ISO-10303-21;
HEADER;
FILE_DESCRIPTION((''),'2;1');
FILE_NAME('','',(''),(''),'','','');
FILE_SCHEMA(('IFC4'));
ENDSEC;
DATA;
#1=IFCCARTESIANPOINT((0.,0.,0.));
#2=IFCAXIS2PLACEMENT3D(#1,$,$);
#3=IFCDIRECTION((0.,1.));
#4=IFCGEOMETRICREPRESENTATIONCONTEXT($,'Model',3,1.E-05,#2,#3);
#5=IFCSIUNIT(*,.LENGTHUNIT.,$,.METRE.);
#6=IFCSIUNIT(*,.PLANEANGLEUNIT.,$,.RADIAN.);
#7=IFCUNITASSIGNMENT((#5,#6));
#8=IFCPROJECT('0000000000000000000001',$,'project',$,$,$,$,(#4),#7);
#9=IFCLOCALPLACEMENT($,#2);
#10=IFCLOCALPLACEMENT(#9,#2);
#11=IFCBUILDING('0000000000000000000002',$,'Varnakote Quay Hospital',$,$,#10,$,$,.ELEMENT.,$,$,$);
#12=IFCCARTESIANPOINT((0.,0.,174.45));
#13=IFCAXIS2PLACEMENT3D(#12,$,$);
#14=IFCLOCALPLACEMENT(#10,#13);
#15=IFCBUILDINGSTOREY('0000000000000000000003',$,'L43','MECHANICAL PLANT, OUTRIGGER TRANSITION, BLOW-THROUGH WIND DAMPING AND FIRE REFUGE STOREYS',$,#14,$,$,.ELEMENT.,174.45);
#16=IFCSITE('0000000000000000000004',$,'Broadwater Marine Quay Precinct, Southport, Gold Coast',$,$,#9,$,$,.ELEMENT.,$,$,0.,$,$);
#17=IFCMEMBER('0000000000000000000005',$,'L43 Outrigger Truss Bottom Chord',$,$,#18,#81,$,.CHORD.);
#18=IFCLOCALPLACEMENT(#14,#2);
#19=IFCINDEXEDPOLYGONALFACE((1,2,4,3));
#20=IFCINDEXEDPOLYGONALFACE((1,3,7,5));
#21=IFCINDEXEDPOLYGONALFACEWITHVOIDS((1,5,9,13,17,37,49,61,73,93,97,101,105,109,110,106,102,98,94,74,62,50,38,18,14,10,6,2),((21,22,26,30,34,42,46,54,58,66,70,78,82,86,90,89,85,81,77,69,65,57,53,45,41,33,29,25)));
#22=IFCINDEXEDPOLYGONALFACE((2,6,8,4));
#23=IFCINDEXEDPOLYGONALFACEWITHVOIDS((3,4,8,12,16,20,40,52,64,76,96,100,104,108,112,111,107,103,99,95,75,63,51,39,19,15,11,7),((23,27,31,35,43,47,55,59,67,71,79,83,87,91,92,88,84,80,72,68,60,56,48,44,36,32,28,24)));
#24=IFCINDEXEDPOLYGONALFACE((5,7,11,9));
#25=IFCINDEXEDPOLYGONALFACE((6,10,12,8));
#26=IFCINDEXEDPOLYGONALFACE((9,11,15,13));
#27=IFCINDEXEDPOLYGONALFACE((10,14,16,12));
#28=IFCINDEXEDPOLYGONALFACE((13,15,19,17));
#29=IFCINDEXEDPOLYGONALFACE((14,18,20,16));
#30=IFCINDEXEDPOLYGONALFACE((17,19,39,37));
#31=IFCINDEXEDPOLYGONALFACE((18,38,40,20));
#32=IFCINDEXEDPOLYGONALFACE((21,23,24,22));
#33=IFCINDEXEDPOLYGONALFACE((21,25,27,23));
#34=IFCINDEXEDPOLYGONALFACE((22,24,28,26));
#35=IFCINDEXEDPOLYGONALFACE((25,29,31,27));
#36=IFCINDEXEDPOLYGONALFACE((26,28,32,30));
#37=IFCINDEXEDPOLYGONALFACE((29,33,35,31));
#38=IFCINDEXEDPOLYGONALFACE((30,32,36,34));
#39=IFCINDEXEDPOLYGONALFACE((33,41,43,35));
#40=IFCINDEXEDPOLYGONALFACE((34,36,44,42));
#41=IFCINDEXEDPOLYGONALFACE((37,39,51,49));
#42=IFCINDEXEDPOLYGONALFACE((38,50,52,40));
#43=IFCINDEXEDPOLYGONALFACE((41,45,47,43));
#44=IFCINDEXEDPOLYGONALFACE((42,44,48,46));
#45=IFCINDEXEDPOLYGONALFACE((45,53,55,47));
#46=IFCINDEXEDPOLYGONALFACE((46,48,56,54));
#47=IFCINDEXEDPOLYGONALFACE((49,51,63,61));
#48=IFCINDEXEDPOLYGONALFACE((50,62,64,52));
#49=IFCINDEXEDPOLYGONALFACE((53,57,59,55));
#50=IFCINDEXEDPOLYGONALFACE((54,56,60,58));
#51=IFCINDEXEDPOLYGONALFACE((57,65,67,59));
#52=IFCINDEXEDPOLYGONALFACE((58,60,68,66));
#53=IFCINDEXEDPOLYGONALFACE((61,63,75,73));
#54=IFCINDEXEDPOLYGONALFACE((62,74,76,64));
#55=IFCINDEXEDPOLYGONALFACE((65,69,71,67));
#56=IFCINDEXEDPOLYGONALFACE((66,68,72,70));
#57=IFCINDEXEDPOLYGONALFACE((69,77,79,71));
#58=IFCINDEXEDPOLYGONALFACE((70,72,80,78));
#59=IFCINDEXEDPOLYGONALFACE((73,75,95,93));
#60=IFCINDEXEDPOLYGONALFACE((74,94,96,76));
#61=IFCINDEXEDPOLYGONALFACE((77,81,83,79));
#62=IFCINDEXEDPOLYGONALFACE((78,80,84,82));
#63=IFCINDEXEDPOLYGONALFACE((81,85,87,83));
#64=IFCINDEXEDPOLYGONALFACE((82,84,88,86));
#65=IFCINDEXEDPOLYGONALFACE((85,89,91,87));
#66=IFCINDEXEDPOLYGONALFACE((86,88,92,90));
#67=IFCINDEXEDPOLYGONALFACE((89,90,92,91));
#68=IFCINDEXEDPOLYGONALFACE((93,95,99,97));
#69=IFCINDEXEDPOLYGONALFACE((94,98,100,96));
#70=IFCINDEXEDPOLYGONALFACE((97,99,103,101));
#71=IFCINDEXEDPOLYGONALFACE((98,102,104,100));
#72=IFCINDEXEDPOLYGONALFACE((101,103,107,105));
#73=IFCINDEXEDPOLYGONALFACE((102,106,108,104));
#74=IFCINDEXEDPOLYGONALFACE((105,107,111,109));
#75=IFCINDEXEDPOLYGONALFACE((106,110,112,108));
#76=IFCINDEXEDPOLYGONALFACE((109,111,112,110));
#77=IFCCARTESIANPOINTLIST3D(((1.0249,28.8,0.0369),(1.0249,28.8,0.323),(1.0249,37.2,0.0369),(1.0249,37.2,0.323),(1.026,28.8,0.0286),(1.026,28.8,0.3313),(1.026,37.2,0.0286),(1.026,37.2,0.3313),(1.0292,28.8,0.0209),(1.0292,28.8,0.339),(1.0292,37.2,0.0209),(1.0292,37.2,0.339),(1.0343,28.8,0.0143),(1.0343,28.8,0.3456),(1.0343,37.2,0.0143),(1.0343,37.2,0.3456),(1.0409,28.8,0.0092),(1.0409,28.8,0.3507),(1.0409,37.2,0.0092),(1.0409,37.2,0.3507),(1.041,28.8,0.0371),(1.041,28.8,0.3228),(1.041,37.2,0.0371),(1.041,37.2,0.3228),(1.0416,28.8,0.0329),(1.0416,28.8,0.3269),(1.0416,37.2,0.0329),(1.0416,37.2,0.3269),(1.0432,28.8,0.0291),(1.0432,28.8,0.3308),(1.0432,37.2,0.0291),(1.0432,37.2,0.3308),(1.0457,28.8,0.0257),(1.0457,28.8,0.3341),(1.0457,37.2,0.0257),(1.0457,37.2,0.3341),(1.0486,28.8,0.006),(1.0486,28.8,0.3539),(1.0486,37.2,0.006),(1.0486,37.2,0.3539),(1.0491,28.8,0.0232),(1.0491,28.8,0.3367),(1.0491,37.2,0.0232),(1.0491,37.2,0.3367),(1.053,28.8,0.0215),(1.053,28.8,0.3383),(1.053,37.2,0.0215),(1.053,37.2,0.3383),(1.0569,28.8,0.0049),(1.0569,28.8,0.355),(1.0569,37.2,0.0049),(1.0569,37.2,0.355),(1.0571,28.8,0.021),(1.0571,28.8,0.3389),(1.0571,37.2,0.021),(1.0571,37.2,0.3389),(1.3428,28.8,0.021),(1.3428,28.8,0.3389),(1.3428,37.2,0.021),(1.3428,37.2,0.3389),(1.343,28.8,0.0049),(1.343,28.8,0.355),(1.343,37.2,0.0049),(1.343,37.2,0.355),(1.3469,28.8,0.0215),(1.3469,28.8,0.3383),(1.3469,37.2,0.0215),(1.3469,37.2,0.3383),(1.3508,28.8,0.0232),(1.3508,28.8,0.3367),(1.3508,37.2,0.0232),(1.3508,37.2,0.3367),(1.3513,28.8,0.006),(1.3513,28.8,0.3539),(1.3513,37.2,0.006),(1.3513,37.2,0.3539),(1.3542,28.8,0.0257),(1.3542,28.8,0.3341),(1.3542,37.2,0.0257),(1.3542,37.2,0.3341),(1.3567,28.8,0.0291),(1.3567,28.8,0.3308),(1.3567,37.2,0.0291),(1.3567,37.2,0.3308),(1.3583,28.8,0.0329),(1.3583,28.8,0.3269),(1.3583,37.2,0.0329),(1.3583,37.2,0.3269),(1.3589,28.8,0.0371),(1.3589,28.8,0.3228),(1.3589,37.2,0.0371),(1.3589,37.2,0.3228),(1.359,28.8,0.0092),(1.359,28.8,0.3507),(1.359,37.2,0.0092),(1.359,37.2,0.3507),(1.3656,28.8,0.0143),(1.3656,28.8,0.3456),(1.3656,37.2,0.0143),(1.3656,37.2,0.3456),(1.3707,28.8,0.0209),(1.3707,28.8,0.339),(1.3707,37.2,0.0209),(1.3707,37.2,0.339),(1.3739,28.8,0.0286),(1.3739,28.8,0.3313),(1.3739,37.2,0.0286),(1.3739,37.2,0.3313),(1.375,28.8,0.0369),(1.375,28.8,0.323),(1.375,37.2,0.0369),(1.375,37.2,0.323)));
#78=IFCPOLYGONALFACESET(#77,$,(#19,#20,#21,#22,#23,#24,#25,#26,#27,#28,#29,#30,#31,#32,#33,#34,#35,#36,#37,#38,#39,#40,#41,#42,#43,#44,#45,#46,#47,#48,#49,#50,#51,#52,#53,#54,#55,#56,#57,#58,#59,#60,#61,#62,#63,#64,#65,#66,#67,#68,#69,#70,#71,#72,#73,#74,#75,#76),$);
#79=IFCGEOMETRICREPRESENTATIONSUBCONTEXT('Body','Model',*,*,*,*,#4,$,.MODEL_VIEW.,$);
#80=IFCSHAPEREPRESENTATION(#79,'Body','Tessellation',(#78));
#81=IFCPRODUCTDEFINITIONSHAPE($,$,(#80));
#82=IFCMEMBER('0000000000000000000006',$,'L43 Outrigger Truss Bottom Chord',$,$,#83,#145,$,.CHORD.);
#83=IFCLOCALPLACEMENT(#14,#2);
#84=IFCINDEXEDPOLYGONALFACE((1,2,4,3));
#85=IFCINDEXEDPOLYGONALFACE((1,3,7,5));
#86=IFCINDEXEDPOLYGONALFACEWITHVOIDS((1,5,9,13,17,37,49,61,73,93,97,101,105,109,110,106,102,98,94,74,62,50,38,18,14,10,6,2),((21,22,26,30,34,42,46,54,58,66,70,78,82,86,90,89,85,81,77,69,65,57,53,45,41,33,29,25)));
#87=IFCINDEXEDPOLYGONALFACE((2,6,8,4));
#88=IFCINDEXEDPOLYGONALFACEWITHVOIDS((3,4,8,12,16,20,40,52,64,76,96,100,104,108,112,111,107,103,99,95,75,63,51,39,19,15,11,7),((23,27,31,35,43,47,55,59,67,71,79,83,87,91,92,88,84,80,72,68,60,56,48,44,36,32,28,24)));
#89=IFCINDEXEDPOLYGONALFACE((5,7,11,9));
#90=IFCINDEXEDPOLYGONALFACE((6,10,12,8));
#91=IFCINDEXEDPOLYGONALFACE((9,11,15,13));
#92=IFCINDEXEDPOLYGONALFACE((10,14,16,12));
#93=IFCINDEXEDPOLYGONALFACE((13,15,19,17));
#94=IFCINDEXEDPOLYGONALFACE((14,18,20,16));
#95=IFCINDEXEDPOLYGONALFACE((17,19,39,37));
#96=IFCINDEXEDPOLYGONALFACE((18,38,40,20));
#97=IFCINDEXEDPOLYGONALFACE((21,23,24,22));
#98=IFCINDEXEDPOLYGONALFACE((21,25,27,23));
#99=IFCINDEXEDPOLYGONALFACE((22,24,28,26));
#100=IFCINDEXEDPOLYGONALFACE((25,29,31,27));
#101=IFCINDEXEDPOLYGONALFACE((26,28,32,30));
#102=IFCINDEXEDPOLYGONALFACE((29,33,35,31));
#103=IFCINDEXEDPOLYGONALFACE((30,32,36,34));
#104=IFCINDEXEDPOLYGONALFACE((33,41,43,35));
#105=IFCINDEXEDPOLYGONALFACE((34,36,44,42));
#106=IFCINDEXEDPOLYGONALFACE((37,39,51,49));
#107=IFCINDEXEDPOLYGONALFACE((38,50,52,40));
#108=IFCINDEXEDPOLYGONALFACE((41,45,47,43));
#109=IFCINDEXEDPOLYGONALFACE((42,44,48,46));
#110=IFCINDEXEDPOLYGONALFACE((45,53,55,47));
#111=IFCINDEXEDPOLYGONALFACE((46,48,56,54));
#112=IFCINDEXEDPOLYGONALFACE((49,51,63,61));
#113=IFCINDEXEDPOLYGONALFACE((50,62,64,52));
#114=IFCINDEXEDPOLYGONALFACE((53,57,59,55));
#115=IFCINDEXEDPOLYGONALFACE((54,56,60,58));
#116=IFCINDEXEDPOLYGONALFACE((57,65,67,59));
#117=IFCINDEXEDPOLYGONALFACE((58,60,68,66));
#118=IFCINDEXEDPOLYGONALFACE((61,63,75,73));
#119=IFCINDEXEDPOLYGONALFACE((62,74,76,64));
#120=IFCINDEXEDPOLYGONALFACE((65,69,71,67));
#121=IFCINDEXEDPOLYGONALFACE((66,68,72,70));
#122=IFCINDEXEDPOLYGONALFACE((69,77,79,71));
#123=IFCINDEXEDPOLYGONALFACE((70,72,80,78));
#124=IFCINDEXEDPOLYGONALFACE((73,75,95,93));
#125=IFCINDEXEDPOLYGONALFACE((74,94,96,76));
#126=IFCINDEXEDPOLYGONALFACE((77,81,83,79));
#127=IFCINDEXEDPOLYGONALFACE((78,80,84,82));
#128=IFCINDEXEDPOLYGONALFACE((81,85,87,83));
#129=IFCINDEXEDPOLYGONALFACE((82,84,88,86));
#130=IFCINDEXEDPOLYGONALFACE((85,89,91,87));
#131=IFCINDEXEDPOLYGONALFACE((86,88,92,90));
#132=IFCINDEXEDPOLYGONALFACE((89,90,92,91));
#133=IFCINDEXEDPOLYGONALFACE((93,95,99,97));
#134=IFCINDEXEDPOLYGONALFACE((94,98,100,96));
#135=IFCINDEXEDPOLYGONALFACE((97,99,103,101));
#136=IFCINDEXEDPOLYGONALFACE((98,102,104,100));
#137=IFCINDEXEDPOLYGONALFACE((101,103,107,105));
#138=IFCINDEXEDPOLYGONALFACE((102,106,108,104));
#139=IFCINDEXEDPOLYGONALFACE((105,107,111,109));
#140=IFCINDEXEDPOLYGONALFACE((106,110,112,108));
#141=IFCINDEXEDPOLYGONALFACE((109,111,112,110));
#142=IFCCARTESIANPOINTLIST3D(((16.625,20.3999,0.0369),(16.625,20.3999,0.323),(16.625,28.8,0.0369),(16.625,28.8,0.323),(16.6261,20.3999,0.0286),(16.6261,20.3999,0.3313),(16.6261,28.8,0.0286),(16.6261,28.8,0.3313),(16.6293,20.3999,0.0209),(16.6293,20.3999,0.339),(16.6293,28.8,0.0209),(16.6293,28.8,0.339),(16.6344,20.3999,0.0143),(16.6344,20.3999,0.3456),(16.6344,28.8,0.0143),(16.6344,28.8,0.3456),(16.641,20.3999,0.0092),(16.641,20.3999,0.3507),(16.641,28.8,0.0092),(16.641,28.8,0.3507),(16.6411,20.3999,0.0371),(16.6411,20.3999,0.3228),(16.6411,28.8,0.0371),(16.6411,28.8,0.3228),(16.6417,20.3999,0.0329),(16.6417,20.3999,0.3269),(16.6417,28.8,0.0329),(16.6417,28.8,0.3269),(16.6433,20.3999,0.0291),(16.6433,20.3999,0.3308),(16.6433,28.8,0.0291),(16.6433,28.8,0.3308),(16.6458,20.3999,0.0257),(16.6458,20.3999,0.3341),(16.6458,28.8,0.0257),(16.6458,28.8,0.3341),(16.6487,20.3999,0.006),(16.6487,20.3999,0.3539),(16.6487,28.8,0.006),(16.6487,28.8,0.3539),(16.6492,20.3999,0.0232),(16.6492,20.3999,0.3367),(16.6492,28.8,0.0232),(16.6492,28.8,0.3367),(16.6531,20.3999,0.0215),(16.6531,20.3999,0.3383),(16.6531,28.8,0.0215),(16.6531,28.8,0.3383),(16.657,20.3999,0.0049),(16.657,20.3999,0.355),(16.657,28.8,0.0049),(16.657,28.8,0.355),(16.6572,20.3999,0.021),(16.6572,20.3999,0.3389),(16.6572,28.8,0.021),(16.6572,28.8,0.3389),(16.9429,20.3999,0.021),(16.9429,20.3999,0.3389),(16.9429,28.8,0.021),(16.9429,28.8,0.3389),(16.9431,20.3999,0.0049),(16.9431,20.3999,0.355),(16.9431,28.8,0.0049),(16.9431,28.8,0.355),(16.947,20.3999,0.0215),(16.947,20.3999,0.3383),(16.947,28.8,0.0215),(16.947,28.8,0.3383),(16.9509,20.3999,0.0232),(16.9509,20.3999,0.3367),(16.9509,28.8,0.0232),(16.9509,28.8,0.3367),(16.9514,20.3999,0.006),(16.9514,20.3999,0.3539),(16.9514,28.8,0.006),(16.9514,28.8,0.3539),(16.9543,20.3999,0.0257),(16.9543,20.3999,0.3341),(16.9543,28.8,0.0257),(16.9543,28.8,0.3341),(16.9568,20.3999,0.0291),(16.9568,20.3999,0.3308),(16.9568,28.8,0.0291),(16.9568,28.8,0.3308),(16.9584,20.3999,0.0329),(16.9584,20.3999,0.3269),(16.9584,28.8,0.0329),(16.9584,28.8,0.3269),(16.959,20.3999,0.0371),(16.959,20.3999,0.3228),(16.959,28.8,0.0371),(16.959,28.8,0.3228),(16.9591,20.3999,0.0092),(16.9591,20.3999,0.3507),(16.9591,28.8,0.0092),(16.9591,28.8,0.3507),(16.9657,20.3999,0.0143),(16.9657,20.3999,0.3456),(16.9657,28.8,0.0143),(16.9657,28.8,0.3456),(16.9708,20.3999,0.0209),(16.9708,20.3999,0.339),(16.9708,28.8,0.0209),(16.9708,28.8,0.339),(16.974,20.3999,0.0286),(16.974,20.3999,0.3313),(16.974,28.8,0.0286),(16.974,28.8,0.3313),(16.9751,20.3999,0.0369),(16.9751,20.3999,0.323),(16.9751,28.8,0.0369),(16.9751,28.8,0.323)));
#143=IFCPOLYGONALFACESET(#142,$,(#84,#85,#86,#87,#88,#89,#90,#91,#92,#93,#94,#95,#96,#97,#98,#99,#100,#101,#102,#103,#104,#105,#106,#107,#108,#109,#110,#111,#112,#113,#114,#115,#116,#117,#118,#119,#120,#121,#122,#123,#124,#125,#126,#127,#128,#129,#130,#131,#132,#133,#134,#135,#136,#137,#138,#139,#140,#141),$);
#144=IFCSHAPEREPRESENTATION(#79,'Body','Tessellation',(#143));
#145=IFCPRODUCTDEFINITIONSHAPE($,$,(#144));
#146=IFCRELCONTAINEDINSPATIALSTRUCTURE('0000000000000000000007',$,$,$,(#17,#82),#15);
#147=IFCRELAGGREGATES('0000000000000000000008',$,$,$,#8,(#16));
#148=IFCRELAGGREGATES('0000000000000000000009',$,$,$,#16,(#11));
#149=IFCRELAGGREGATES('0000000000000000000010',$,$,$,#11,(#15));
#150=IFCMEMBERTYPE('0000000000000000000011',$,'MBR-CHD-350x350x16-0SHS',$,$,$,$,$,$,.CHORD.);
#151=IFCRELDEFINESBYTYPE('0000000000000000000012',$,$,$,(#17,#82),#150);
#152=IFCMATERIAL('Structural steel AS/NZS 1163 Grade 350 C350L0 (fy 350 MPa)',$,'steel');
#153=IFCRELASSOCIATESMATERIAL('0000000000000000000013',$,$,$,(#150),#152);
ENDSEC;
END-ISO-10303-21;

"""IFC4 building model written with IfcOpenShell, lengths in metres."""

from ifc_helpers import new_model, si_unit, direction, frame, origin, origin_2d, place, context, subcontext, project, spatial, hollow_rectangle, extrude, material, material_profile, profile_set, type_object, element, save


model = new_model("IFC4")

# Units and contexts
model_context = context("Model", 3, precision=1e-05, world=origin(), true_north=direction((0.0, 1.0)))
body_context = subcontext(model_context, "Body", "Model", "MODEL_VIEW")
ifc_project = project(units=[si_unit("LENGTHUNIT", "METRE"), si_unit("PLANEANGLEUNIT", "RADIAN")], contexts=[model_context])

# Site, building, storey
site_placement = place(None, origin())
site = spatial("IfcSite", under=ifc_project, at=site_placement, Name="Broadwater Marine Quay Precinct, Southport, Gold Coast", CompositionType="ELEMENT", RefElevation=0.0)
building_placement = place(site_placement, origin())
building = spatial("IfcBuilding", under=site, at=building_placement, Name="Varnakote Quay Hospital", CompositionType="ELEMENT")
storey_placement = place(building_placement, frame((0.0, 0.0, 174.45)))
storey = spatial("IfcBuildingStorey", under=building, at=storey_placement, Name="L43", Description="MECHANICAL PLANT, OUTRIGGER TRANSITION, BLOW-THROUGH WIND DAMPING AND FIRE REFUGE STOREYS", CompositionType="ELEMENT", Elevation=174.45)

# Members
ifc_material_1 = material(Name="Structural steel AS/NZS 1163 Grade 350 C350L0 (fy 350 MPa)", Category="steel")
ifc_material_profile_1 = material_profile(ifc_material_1, hollow_rectangle(XDim=0.3501, YDim=0.3501, WallThickness=0.0161, InnerFilletRadius=0.0161, OuterFilletRadius=0.032, at=origin_2d()), Name="350x350x16.0SHS")
ifc_profile_set_1 = profile_set([ifc_material_profile_1], Name="Structural steel AS/NZS 1163 Grade 350 C350L0 (fy 350 MPa)")
member_type_1 = type_object("IfcMemberType", Name="MBR-CHD-350x350x16-0SHS", PredefinedType="CHORD", material=ifc_profile_set_1)
member_1_placement = place(storey_placement, frame((1.2, 28.8, 0.1799), z_axis=(0.0, 1.0, 0.0), x_axis=(-1.0, 0.0, 0.0)))
element("IfcMember", 1, at=member_1_placement, inside=storey, type_object=member_type_1, Name="L43 Outrigger Truss Bottom Chord", PredefinedType="CHORD", context=body_context, shape_type="SweptSolid", body=[
    extrude(hollow_rectangle(XDim=0.3501, YDim=0.3501, WallThickness=0.0161, InnerFilletRadius=0.0161, OuterFilletRadius=0.032, at=origin_2d()), origin(), (0.0, 0.0, 1.0), 8.3999),
])
member_2_placement = place(storey_placement, frame((16.8, 20.3999, 0.1799), z_axis=(0.0, 1.0, 0.0), x_axis=(-1.0, 0.0, 0.0)))
element("IfcMember", 2, at=member_2_placement, inside=storey, type_object=member_type_1, Name="L43 Outrigger Truss Bottom Chord", PredefinedType="CHORD", context=body_context, shape_type="SweptSolid", body=[
    extrude(hollow_rectangle(XDim=0.3501, YDim=0.3501, WallThickness=0.0161, InnerFilletRadius=0.0161, OuterFilletRadius=0.032, at=origin_2d()), origin(), (0.0, 0.0, 1.0), 8.4001),
])

save(model, "model.ifc")
